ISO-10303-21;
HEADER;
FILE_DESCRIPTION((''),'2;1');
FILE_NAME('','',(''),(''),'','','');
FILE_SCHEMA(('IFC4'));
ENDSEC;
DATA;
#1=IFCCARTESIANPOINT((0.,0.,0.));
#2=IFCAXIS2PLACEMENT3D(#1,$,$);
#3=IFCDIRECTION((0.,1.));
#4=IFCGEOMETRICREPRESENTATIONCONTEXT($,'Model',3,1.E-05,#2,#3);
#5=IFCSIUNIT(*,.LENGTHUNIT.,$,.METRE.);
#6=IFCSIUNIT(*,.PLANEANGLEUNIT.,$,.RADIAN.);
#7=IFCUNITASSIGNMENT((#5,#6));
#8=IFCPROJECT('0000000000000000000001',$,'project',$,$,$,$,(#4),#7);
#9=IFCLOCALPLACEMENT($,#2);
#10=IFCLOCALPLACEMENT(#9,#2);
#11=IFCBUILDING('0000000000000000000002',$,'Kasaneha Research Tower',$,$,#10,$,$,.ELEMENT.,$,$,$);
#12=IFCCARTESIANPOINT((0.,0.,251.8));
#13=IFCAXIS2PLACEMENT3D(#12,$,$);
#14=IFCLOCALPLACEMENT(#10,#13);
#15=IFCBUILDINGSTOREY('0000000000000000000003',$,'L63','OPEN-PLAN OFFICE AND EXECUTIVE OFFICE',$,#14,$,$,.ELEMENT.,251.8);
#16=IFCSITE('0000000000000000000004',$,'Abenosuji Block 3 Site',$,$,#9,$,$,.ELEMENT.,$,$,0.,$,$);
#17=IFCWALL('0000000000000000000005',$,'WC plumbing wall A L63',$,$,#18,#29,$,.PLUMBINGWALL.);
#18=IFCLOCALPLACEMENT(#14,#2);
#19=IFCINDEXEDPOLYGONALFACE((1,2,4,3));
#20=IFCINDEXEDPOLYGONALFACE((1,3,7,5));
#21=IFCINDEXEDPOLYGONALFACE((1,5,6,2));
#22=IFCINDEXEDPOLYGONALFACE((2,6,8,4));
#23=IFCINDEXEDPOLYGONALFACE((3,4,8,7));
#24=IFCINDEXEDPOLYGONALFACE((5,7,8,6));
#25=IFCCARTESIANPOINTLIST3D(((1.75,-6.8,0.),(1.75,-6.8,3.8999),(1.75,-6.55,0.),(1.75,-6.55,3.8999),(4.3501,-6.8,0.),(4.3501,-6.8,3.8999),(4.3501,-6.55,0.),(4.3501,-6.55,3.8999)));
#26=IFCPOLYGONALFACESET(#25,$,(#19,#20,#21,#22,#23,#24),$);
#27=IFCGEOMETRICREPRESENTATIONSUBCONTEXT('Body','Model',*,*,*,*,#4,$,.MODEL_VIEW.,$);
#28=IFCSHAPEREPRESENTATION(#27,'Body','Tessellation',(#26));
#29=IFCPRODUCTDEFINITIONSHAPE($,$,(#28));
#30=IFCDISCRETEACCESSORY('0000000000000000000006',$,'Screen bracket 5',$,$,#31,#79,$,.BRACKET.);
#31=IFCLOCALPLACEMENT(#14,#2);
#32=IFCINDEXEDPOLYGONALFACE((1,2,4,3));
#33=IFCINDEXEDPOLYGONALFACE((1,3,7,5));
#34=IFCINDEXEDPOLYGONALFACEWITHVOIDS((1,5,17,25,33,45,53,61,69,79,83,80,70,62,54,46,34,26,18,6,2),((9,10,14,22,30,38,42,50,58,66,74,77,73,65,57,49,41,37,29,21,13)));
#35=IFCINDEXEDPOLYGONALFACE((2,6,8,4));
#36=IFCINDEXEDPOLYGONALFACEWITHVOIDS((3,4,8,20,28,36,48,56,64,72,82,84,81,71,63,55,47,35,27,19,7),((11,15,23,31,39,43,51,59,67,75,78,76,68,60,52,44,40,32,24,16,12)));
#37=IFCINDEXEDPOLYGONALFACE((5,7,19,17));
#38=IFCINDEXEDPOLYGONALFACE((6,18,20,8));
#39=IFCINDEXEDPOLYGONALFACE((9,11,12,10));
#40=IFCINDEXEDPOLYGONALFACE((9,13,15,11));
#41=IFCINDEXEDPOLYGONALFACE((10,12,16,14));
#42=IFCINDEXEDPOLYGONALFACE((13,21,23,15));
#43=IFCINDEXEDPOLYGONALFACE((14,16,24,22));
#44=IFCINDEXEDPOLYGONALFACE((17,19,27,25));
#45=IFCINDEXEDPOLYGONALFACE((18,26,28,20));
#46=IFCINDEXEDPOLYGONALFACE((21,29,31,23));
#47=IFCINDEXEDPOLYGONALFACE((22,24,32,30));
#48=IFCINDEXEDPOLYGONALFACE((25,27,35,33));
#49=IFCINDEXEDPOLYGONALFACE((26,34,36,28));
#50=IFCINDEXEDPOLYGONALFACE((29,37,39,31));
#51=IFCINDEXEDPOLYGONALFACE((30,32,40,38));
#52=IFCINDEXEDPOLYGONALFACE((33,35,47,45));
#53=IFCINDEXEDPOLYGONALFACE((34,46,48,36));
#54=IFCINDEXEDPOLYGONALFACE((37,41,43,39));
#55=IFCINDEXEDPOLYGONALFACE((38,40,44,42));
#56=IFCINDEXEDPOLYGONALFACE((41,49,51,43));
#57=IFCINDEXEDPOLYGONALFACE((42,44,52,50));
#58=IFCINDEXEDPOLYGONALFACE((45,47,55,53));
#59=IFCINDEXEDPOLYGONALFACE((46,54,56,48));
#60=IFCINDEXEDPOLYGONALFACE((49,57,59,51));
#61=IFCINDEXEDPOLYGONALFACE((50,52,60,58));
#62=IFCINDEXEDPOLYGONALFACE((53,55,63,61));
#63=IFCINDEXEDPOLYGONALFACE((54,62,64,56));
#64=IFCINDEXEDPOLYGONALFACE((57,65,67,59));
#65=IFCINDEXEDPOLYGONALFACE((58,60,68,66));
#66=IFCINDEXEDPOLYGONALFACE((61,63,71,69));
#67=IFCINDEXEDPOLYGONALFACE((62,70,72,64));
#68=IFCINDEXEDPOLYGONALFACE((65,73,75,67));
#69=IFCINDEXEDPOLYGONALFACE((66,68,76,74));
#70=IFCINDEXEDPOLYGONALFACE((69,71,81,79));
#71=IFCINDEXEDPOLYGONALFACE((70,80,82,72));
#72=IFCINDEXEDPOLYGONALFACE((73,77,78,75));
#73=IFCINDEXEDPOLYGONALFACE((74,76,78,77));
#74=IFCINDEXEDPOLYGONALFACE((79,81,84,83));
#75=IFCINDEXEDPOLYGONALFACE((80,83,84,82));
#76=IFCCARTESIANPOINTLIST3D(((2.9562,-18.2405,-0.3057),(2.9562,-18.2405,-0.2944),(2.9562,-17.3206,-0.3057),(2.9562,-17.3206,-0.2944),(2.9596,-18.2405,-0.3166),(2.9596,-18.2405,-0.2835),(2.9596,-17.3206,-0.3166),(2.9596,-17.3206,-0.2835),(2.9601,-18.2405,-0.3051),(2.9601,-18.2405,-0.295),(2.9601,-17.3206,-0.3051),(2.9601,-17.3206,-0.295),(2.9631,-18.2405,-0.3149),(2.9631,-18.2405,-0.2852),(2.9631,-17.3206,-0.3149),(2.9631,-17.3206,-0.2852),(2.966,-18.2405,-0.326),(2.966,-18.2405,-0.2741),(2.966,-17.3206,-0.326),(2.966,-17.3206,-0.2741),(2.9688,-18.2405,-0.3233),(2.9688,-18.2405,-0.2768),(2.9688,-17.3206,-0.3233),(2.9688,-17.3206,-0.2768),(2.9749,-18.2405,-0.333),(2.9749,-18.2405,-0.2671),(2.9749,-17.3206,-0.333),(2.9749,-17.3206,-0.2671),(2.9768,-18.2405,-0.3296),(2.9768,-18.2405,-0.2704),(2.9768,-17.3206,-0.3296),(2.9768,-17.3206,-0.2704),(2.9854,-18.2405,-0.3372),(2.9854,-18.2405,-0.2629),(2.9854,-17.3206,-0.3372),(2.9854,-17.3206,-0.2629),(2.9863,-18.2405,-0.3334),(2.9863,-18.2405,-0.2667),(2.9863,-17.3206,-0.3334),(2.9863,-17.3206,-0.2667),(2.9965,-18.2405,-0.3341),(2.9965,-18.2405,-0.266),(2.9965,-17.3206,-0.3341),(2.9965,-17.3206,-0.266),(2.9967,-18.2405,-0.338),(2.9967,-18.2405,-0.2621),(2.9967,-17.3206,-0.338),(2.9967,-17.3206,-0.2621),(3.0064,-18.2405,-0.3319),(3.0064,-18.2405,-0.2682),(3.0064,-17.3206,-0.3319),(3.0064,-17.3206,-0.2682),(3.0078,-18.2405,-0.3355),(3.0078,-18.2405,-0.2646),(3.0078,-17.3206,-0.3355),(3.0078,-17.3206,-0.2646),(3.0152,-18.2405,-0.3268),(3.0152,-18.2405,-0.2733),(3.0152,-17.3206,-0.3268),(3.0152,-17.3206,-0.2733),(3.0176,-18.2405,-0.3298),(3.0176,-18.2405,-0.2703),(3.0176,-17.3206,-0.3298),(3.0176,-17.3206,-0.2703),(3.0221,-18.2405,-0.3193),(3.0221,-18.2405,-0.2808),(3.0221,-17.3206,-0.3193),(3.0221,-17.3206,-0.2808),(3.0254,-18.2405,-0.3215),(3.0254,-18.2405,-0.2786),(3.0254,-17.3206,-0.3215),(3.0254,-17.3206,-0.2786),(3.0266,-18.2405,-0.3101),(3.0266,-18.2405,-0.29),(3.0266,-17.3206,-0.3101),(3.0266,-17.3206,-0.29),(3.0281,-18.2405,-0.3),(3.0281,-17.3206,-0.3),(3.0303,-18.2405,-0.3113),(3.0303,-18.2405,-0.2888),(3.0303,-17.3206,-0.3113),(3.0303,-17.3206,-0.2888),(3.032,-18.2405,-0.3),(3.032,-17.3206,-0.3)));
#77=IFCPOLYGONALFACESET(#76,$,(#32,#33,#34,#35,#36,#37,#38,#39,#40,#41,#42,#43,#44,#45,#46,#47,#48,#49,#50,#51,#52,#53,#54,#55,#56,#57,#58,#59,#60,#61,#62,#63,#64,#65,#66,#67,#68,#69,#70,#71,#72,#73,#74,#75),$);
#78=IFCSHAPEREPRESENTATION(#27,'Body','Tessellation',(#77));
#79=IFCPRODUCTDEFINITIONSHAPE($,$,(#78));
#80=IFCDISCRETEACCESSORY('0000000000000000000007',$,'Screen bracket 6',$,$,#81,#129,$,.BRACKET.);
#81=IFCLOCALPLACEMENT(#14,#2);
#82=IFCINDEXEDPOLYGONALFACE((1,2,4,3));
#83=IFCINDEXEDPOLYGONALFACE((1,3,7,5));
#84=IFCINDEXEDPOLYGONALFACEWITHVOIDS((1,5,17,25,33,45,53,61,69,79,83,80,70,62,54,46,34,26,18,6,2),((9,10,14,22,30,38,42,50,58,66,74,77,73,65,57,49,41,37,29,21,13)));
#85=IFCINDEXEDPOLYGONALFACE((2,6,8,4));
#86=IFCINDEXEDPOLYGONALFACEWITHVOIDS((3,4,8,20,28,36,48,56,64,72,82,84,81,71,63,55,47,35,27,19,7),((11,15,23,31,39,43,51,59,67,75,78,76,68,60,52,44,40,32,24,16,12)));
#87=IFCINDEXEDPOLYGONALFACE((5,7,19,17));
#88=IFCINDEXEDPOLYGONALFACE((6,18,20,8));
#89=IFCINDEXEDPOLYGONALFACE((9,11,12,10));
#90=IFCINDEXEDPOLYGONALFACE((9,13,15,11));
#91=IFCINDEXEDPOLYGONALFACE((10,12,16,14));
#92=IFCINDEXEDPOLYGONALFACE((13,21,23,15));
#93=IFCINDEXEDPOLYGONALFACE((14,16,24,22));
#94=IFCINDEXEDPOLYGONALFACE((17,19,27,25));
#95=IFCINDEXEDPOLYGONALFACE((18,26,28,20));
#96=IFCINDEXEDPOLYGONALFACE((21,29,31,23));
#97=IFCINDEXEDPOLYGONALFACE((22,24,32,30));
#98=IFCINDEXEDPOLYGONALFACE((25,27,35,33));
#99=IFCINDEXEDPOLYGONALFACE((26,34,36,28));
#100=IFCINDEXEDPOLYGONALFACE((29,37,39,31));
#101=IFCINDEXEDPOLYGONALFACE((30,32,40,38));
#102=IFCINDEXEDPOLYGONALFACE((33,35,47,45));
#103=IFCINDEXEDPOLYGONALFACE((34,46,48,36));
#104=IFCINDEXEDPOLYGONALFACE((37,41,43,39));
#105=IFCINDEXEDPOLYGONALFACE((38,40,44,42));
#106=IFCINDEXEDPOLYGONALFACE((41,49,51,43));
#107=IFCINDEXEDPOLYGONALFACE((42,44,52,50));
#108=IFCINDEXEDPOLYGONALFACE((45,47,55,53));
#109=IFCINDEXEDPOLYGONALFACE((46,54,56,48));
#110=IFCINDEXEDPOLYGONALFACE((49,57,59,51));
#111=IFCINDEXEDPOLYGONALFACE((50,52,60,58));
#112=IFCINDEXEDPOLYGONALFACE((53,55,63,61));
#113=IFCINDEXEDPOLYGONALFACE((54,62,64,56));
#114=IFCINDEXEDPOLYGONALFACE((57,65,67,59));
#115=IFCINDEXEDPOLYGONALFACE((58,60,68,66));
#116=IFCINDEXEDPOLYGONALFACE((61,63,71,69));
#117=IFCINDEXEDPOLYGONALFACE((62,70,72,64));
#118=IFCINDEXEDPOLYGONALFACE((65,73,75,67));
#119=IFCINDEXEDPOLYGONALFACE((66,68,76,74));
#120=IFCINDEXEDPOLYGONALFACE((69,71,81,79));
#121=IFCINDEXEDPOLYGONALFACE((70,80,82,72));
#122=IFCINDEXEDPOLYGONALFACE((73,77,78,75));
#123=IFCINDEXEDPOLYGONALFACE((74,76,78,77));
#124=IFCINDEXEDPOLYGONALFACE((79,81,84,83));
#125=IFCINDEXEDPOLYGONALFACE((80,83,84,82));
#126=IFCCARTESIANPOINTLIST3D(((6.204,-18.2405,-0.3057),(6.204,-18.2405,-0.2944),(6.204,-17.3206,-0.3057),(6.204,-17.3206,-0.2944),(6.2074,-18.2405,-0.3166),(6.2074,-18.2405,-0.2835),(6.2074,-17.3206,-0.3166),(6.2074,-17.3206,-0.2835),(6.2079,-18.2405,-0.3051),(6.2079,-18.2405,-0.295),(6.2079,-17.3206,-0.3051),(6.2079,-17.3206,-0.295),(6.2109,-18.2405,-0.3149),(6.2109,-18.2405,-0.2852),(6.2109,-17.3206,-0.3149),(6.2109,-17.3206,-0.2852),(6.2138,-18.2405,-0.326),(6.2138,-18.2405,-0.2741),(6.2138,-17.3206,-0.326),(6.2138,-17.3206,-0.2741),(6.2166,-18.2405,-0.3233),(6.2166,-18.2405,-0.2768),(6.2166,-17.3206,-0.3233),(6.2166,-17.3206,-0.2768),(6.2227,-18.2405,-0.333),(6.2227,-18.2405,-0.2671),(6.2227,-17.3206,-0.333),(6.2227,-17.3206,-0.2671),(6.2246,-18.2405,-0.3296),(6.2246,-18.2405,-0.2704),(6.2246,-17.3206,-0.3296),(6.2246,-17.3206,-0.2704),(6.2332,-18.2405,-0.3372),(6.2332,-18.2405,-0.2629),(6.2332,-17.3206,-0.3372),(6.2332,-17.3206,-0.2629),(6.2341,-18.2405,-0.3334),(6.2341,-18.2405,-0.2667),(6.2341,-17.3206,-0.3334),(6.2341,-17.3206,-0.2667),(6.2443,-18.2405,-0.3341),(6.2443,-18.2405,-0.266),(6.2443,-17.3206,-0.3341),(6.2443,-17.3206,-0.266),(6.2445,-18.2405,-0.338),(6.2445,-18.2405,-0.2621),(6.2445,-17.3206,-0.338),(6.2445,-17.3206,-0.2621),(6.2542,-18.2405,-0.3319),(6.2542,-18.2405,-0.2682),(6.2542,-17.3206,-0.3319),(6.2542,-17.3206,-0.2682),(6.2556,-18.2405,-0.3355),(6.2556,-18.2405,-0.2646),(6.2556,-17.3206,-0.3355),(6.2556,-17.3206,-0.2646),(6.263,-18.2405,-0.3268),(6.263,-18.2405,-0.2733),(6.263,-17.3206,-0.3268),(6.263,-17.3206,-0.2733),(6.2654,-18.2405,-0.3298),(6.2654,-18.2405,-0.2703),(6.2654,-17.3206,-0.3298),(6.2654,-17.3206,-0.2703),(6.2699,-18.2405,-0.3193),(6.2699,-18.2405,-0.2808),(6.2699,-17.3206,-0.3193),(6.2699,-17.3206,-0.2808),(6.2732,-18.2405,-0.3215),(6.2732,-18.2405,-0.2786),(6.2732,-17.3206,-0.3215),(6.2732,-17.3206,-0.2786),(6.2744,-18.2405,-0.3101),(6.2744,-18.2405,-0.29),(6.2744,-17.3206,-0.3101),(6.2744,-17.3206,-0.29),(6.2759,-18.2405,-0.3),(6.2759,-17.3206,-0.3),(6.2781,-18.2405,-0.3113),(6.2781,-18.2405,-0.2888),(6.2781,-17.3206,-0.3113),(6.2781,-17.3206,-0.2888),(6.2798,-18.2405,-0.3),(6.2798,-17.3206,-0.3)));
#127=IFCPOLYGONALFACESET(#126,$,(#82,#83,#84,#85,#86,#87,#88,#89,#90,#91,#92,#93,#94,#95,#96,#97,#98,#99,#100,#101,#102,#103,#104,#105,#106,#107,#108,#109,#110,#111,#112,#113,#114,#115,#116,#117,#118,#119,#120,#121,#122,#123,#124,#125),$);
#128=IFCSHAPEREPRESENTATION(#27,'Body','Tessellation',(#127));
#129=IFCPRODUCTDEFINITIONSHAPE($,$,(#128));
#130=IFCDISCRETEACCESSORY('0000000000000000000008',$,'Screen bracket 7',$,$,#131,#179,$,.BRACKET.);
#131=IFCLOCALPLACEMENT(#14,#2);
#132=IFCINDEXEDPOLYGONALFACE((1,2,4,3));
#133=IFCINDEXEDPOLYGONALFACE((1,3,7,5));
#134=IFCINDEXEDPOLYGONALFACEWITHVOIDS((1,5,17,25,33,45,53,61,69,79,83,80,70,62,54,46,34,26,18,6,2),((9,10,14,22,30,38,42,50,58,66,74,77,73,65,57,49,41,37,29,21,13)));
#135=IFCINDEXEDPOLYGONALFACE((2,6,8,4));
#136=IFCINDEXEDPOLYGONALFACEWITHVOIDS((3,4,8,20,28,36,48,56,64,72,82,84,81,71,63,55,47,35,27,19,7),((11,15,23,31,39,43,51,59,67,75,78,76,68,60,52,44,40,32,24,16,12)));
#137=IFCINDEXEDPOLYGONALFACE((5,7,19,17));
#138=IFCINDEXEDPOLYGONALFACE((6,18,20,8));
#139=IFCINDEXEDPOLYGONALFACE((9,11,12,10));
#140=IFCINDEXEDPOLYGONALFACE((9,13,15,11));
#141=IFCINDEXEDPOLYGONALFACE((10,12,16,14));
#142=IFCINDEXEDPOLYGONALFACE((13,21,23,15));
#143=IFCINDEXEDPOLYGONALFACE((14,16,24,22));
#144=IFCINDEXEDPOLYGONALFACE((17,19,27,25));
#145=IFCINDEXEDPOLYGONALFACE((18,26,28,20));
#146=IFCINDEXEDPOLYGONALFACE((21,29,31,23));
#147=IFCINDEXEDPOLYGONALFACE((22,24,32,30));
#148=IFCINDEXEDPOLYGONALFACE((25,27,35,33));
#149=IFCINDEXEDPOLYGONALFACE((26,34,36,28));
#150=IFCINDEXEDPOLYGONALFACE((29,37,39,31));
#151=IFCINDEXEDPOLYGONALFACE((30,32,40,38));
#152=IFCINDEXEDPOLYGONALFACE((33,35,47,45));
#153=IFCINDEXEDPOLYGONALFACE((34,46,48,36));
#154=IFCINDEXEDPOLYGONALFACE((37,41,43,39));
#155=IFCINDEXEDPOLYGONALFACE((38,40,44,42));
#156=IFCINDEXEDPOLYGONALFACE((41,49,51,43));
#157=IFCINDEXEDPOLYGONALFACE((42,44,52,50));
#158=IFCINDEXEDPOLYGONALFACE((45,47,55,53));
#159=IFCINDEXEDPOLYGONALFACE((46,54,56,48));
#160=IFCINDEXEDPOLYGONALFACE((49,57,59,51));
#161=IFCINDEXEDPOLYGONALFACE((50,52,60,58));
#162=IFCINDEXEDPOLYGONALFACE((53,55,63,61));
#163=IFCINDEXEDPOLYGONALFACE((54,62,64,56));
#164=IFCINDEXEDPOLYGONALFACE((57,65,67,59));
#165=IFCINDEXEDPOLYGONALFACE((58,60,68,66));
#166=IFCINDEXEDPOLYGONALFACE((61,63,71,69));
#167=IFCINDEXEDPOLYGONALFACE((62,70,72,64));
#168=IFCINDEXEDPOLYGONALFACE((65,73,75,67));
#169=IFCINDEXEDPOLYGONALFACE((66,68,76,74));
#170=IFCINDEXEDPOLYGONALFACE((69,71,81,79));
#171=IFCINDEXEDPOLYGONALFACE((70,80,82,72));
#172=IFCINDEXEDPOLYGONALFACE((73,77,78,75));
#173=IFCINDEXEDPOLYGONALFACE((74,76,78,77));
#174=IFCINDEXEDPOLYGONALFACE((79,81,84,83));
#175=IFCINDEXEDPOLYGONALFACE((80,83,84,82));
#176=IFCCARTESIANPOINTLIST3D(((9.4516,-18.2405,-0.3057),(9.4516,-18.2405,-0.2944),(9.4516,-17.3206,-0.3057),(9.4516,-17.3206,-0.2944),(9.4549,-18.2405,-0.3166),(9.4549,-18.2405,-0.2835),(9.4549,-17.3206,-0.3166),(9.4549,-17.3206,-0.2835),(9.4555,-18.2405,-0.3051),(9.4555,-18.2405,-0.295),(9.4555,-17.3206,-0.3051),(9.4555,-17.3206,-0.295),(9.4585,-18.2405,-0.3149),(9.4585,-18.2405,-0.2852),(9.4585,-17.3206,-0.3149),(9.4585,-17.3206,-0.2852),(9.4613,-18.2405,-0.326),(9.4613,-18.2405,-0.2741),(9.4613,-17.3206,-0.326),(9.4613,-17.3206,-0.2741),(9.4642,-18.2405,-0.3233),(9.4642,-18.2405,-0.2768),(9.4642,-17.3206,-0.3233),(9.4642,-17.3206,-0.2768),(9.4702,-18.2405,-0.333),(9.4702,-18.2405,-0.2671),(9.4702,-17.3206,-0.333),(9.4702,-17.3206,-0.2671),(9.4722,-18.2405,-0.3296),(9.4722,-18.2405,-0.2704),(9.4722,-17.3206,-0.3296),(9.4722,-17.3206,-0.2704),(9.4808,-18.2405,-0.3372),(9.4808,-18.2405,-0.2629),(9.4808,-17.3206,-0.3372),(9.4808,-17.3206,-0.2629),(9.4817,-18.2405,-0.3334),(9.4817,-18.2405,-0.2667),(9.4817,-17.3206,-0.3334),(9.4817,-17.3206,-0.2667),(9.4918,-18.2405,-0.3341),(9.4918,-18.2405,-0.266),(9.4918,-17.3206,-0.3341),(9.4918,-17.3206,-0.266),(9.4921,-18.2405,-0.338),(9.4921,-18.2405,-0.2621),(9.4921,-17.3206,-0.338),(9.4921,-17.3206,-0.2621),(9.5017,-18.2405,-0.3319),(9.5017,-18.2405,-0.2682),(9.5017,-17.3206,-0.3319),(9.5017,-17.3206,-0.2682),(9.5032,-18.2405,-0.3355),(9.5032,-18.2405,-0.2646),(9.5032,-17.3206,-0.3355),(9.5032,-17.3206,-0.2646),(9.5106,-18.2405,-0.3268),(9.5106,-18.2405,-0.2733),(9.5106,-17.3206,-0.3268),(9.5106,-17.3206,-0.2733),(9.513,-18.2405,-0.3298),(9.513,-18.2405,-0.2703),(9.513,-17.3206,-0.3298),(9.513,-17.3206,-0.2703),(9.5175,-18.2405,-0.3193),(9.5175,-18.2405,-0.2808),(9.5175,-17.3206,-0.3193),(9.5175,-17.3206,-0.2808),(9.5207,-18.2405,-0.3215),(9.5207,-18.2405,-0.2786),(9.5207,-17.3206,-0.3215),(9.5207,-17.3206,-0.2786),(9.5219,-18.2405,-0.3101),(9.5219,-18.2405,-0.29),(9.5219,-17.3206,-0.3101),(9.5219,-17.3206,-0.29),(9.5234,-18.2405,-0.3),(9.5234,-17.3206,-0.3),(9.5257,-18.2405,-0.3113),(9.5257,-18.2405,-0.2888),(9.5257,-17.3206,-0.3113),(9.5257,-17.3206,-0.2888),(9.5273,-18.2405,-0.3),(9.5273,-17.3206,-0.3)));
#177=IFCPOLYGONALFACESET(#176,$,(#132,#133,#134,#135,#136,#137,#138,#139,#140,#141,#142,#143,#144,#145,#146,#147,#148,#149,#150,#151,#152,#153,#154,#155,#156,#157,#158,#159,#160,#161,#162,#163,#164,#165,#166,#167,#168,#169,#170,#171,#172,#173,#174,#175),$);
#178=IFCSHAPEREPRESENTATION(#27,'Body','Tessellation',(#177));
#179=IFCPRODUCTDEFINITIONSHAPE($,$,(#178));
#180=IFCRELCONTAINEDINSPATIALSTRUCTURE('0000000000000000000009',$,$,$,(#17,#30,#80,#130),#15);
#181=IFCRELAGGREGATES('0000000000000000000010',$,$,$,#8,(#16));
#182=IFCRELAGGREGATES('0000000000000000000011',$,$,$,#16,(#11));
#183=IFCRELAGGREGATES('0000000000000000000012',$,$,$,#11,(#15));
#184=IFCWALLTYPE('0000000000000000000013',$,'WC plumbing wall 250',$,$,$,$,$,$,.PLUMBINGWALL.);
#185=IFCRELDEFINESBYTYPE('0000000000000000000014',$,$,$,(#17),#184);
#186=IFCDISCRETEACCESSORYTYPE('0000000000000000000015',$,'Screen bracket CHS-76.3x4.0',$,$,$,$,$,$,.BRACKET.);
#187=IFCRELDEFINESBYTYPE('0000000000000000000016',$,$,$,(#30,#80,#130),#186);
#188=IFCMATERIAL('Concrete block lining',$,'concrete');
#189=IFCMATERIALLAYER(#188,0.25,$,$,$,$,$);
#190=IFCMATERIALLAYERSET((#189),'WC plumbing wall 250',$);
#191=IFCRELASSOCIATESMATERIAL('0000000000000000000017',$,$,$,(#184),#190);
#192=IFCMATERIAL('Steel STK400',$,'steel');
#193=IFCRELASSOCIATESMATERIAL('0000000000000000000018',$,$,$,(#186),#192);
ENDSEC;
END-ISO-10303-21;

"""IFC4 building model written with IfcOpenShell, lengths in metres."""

from ifc_helpers import new_model, si_unit, direction, frame, frame_2d, origin, origin_2d, place, context, subcontext, project, spatial, rectangle, hollow_circle, extrude, material, layer, layer_set, material_profile, profile_set, type_object, element, save


model = new_model("IFC4")

# Units and contexts
model_context = context("Model", 3, precision=1e-05, world=origin(), true_north=direction((0.0, 1.0)))
body_context = subcontext(model_context, "Body", "Model", "MODEL_VIEW")
ifc_project = project(units=[si_unit("LENGTHUNIT", "METRE"), si_unit("PLANEANGLEUNIT", "RADIAN")], contexts=[model_context])

# Site, building, storey
site_placement = place(None, origin())
site = spatial("IfcSite", under=ifc_project, at=site_placement, Name="Abenosuji Block 3 Site", CompositionType="ELEMENT", RefElevation=0.0)
building_placement = place(site_placement, origin())
building = spatial("IfcBuilding", under=site, at=building_placement, Name="Kasaneha Research Tower", CompositionType="ELEMENT")
storey_placement = place(building_placement, frame((0.0, 0.0, 251.8)))
storey = spatial("IfcBuildingStorey", under=building, at=storey_placement, Name="L63", Description="OPEN-PLAN OFFICE AND EXECUTIVE OFFICE", CompositionType="ELEMENT", Elevation=251.8)

# Wall
ifc_material_1 = material(Name="Concrete block lining", Category="concrete")
ifc_layer_1 = layer(ifc_material_1, 0.25)
ifc_layer_set_1 = layer_set([ifc_layer_1], Name="WC plumbing wall 250")
wall_type_1 = type_object("IfcWallType", Name="WC plumbing wall 250", PredefinedType="PLUMBINGWALL", material=ifc_layer_set_1)
wall_1_placement = place(storey_placement, frame((1.75, -6.675, 0.0), z_axis=(0.0, 0.0, 1.0), x_axis=(1.0, 0.0, 0.0)))
element("IfcWall", 1, at=wall_1_placement, inside=storey, type_object=wall_type_1, Name="WC plumbing wall A L63", PredefinedType="PLUMBINGWALL", context=body_context, shape_type="SweptSolid", body=[
    extrude(rectangle(XDim=2.6001, YDim=0.25, at=frame_2d((1.3, 0.0))), origin(), (0.0, 0.0, 1.0), 3.8999),
])

# Discrete accessories
ifc_material_2 = material(Name="Steel STK400", Category="steel")
ifc_material_profile_1 = material_profile(ifc_material_2, hollow_circle(Radius=0.0381, WallThickness=0.0039, at=origin_2d()), Name="CHS-76.3x4.0")
ifc_profile_set_1 = profile_set([ifc_material_profile_1], Name="Steel STK400")
discrete_accessory_type = type_object("IfcDiscreteAccessoryType", Name="Screen bracket CHS-76.3x4.0", PredefinedType="BRACKET", material=ifc_profile_set_1)
for number, where, z_axis, x_axis, name in (
    (2, (2.9939, -17.3206, -0.3), (0.0, -1.0, 0.0), (1.0, 0.0, 0.0), "Screen bracket 5"),
    (3, (6.2417, -17.3206, -0.3), (0.0, -1.0, 0.0), (1.0, 0.0, 0.0), "Screen bracket 6"),
    (4, (9.4893, -17.3206, -0.3), (0.0, -1.0, 0.0), (1.0, 0.0, 0.0), "Screen bracket 7"),
):
    element("IfcDiscreteAccessory", number, at=place(storey_placement, frame(where, z_axis=z_axis, x_axis=x_axis)), inside=storey, type_object=discrete_accessory_type, Name=name, PredefinedType="BRACKET", context=body_context, shape_type="SweptSolid", body=[
        extrude(hollow_circle(Radius=0.0381, WallThickness=0.0039, at=origin_2d()), origin(), (0.0, 0.0, 1.0), 0.9199),
    ])

save(model, "model.ifc")
